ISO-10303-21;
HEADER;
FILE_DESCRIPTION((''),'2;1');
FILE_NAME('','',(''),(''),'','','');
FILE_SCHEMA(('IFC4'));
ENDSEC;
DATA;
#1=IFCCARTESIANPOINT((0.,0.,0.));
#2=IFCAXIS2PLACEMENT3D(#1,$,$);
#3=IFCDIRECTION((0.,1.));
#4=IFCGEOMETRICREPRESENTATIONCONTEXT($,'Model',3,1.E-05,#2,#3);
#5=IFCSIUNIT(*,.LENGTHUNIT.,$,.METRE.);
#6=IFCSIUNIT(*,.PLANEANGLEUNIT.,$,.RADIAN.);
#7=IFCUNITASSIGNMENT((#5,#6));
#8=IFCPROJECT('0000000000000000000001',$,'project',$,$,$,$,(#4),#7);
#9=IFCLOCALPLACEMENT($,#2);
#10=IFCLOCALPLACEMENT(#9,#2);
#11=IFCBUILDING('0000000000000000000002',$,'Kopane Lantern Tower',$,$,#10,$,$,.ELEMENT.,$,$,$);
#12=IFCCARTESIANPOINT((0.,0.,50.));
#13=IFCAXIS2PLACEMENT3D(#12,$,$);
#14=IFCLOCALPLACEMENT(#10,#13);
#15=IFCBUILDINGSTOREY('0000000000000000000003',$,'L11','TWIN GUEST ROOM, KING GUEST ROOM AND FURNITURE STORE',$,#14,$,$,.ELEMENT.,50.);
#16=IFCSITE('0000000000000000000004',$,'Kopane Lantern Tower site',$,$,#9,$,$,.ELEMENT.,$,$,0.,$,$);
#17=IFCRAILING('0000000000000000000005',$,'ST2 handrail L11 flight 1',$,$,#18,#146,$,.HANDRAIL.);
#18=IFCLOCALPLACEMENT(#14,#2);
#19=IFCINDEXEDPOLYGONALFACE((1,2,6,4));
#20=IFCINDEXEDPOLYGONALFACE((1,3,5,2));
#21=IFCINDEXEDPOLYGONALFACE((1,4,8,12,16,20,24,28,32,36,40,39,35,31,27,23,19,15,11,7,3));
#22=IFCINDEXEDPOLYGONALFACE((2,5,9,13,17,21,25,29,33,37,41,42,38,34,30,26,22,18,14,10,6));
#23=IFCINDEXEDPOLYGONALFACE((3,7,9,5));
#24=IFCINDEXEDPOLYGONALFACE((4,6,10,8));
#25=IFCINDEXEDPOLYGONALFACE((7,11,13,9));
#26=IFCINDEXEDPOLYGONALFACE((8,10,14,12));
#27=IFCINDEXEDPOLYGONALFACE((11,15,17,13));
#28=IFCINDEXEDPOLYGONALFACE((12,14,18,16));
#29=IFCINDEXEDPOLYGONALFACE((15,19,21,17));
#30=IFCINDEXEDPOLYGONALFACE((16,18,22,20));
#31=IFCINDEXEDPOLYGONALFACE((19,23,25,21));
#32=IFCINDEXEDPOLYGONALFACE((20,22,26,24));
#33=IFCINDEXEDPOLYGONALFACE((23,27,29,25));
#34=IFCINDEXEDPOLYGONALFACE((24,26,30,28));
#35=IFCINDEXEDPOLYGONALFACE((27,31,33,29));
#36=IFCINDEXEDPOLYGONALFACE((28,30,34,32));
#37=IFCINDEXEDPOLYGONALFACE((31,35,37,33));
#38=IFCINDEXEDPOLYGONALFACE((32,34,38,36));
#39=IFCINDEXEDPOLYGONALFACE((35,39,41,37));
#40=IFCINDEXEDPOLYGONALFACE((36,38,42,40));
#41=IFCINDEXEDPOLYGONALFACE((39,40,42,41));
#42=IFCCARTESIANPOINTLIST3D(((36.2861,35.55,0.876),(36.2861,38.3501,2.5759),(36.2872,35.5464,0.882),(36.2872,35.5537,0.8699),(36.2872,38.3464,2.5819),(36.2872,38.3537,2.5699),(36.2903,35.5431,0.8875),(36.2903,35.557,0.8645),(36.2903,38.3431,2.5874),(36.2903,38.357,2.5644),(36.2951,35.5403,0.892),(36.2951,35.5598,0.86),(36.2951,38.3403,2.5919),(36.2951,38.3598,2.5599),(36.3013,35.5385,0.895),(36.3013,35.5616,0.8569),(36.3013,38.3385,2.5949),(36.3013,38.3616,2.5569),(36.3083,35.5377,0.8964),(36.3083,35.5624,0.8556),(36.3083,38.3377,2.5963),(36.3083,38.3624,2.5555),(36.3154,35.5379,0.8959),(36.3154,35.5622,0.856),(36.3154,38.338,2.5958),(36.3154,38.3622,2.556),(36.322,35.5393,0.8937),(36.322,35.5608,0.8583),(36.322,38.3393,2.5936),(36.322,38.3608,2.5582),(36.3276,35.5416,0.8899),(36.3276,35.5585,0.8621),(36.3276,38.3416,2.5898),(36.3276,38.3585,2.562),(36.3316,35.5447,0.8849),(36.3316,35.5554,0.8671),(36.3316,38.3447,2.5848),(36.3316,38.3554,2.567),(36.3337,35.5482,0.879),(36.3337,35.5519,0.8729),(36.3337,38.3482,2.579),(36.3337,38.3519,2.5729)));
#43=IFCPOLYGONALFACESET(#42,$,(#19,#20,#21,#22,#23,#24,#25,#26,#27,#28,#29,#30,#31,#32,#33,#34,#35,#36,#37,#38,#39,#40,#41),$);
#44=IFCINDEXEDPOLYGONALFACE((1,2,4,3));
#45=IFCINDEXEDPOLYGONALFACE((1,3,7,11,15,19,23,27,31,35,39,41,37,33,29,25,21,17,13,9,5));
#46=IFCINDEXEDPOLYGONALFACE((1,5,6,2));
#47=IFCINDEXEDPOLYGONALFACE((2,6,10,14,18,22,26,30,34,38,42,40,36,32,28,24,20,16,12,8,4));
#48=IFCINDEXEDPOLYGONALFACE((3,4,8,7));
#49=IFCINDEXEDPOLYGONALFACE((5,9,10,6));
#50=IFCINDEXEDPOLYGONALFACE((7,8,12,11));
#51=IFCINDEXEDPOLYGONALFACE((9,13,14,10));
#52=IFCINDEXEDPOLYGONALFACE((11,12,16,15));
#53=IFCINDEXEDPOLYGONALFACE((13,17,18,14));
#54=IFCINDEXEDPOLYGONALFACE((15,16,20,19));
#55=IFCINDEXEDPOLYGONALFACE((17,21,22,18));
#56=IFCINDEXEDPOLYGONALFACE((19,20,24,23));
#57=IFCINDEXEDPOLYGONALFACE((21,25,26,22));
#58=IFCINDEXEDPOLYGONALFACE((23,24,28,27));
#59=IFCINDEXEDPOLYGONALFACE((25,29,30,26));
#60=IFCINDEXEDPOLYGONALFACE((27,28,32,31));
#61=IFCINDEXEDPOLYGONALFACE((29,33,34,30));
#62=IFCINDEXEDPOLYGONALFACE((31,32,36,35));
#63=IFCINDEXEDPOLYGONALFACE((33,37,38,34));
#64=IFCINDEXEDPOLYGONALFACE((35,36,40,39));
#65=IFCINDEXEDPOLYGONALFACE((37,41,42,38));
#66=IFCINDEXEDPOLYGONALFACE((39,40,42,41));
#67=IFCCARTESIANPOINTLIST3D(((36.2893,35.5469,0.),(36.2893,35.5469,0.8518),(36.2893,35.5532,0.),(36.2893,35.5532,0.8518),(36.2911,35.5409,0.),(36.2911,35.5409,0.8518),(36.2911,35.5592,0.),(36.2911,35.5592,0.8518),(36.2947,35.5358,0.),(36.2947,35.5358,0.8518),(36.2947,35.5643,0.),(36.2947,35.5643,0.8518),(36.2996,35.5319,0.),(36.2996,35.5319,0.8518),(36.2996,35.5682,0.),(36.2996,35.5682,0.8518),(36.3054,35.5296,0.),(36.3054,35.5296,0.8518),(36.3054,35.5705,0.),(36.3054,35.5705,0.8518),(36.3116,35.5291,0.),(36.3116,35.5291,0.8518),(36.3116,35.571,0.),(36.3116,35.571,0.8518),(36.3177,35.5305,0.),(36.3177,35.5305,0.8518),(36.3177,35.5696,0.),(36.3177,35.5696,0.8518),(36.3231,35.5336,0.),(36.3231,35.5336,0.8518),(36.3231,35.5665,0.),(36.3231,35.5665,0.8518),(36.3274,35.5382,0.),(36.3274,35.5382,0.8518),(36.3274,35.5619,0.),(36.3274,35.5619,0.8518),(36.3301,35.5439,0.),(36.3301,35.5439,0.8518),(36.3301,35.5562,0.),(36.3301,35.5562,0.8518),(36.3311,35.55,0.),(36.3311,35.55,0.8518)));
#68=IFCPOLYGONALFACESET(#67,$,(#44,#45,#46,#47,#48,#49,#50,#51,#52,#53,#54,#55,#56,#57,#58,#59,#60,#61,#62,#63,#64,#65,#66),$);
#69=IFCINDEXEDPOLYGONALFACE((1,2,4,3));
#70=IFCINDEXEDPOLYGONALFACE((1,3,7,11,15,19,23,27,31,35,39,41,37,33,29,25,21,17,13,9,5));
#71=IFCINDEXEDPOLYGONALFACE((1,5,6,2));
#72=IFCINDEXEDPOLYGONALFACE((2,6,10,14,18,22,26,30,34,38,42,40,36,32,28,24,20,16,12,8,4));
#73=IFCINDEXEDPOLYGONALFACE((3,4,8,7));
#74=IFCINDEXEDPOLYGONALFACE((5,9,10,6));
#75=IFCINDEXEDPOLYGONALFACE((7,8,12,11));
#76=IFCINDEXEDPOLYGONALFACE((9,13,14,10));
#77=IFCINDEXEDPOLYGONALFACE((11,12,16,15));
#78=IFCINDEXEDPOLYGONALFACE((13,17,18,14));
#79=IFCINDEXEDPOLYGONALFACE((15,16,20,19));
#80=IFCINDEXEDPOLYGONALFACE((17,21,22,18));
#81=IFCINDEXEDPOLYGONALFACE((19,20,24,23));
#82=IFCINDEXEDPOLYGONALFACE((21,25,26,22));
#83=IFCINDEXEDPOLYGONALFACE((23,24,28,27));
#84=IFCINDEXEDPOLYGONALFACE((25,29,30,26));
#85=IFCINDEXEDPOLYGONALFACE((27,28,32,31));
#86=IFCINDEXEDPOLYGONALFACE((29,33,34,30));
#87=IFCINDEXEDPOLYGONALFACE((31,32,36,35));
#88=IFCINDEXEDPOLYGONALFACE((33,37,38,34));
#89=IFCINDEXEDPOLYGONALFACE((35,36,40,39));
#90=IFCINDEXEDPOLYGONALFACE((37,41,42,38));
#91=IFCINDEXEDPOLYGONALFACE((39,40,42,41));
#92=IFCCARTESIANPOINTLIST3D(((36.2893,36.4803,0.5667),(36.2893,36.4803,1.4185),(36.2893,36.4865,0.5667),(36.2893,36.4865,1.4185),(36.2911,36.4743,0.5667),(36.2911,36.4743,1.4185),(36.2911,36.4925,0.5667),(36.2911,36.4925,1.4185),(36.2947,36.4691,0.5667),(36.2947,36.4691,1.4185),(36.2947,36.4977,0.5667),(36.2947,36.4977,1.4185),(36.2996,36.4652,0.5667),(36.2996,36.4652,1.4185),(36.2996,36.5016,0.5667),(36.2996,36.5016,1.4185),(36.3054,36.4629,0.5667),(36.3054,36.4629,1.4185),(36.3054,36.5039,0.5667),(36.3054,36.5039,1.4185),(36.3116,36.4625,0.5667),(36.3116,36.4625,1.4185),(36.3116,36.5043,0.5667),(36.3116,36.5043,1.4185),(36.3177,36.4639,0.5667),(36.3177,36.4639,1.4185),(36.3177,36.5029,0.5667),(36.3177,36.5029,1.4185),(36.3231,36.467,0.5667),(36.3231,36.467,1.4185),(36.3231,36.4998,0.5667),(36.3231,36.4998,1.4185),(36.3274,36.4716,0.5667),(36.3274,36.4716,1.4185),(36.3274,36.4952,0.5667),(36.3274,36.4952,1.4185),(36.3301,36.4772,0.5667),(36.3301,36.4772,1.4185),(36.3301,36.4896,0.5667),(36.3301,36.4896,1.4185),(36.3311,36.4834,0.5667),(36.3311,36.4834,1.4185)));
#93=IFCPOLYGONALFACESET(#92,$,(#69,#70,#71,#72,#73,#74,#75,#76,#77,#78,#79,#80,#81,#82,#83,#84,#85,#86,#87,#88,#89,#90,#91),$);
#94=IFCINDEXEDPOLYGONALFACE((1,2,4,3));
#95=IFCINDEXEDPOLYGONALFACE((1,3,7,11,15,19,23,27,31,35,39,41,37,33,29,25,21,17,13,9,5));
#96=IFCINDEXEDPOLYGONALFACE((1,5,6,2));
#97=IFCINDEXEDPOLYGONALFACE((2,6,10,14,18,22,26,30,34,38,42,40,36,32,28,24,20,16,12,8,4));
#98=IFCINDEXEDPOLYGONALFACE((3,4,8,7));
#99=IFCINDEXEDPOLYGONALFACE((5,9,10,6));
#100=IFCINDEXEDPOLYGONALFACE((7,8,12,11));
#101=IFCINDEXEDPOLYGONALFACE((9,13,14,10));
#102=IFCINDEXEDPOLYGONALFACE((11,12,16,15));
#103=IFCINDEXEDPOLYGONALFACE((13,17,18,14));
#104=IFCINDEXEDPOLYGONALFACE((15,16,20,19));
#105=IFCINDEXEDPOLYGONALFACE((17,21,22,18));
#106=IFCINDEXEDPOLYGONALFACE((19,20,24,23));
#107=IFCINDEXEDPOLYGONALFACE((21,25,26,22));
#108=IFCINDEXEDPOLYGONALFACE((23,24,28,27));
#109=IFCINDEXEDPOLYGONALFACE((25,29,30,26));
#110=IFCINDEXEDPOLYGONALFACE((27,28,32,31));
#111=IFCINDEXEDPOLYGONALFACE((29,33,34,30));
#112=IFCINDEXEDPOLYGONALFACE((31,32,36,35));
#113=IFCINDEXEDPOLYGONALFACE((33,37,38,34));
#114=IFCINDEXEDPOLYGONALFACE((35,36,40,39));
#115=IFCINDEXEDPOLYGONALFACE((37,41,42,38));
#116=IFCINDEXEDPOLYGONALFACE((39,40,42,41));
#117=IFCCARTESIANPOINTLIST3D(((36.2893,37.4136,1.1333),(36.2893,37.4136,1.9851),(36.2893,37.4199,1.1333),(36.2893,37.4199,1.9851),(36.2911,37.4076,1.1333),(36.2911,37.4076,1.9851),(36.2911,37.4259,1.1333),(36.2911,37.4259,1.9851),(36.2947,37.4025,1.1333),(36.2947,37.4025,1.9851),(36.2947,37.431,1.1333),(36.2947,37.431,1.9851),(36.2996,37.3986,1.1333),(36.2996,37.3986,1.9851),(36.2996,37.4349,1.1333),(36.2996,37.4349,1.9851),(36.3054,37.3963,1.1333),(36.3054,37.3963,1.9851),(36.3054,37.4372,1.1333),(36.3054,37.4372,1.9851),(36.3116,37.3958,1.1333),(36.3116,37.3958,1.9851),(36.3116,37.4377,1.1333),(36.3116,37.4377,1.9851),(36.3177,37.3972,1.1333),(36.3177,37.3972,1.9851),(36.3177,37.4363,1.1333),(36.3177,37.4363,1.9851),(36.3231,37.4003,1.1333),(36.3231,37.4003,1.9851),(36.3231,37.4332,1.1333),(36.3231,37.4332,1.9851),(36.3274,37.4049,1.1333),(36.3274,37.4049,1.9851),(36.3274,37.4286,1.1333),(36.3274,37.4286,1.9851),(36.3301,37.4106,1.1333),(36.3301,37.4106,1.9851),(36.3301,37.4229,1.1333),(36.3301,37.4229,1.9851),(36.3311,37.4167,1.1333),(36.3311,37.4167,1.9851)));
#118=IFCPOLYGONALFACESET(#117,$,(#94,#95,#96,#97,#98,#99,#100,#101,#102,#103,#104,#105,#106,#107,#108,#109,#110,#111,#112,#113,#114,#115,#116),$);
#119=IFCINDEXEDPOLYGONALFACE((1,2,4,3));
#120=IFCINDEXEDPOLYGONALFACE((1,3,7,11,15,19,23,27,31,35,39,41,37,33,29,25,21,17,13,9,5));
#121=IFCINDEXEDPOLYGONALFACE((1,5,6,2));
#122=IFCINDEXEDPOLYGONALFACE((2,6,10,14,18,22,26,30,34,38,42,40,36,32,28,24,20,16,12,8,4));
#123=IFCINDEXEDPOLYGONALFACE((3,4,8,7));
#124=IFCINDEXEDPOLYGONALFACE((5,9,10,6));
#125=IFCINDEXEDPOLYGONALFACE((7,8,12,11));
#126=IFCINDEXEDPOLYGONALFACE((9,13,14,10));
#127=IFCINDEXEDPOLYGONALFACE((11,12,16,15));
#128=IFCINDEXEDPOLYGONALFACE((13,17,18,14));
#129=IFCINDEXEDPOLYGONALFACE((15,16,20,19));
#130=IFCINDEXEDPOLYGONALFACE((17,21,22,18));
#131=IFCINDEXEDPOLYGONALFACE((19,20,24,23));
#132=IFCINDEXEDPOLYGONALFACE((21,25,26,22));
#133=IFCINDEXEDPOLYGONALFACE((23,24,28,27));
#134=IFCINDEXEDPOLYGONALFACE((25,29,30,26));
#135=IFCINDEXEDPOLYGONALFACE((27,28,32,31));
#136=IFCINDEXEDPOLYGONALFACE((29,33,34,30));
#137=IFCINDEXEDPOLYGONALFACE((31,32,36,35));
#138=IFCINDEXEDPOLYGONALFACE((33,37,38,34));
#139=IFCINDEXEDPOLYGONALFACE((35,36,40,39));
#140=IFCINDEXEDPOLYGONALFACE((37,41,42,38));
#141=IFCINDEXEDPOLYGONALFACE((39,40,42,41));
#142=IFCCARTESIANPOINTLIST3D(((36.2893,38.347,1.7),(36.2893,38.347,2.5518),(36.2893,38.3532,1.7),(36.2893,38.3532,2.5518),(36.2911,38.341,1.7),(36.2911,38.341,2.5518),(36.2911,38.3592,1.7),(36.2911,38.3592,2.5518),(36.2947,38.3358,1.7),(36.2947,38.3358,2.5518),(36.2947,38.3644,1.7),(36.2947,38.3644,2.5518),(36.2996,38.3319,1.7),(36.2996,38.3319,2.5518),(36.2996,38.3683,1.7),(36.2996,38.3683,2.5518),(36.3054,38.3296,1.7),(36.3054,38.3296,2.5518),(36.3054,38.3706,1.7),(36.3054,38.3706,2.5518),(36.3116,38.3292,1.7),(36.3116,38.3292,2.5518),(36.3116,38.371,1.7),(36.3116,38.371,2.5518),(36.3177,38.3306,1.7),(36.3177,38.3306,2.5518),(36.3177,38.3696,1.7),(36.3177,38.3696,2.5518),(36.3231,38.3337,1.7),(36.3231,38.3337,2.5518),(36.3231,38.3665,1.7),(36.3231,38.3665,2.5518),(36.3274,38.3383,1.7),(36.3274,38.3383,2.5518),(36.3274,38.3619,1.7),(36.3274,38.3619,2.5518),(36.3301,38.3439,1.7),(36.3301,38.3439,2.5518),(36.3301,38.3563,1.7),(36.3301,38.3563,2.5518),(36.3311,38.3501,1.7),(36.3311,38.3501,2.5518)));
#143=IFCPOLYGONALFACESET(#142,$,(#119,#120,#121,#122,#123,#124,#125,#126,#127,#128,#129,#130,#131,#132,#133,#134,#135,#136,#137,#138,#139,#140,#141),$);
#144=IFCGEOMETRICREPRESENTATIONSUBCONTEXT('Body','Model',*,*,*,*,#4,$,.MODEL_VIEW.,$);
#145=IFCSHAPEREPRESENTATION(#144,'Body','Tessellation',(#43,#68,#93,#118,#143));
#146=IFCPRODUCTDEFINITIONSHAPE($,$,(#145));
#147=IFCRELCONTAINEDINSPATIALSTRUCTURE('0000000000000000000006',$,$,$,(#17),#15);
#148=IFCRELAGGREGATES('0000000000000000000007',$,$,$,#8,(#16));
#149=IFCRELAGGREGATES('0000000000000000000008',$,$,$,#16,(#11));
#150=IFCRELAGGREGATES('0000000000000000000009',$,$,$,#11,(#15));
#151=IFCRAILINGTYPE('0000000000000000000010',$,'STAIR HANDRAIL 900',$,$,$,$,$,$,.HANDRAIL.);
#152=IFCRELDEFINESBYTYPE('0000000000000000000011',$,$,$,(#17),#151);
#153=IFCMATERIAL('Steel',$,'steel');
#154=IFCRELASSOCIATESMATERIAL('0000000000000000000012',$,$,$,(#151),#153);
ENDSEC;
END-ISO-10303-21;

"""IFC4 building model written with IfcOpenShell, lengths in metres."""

from ifc_helpers import new_model, si_unit, direction, frame, origin, origin_2d, place, context, subcontext, project, spatial, circle, extrude, material, type_object, element, save


model = new_model("IFC4")

# Units and contexts
model_context = context("Model", 3, precision=1e-05, world=origin(), true_north=direction((0.0, 1.0)))
body_context = subcontext(model_context, "Body", "Model", "MODEL_VIEW")
ifc_project = project(units=[si_unit("LENGTHUNIT", "METRE"), si_unit("PLANEANGLEUNIT", "RADIAN")], contexts=[model_context])

# Site, building, storey
site_placement = place(None, origin())
site = spatial("IfcSite", under=ifc_project, at=site_placement, Name="Kopane Lantern Tower site", CompositionType="ELEMENT", RefElevation=0.0)
building_placement = place(site_placement, origin())
building = spatial("IfcBuilding", under=site, at=building_placement, Name="Kopane Lantern Tower", CompositionType="ELEMENT")
storey_placement = place(building_placement, frame((0.0, 0.0, 50.0)))
storey = spatial("IfcBuildingStorey", under=building, at=storey_placement, Name="L11", Description="TWIN GUEST ROOM, KING GUEST ROOM AND FURNITURE STORE", CompositionType="ELEMENT", Elevation=50.0)

# Railing
ifc_material_1 = material(Name="Steel", Category="steel")
railing_type_1 = type_object("IfcRailingType", Name="STAIR HANDRAIL 900", PredefinedType="HANDRAIL", material=ifc_material_1)
for number, where, name in (
    (1, (36.3101, 35.55, 0.0), "ST2 handrail L11 flight 1"),
):
    element("IfcRailing", number, at=place(storey_placement, frame(where)), inside=storey, type_object=railing_type_1, Name=name, PredefinedType="HANDRAIL", context=body_context, shape_type="SweptSolid", body=[
        extrude(circle(Radius=0.0239, at=origin_2d()), frame((0.0, 0.0, 0.876), z_axis=(0.0, 0.854798, 0.518961), x_axis=(-1.0, 0.0, 0.0)), (0.0, 0.0, 1.0), 3.2756),
        extrude(circle(Radius=0.021, at=origin_2d()), origin(), (0.0, 0.0, 1.0), 0.8518),
        extrude(circle(Radius=0.021, at=origin_2d()), frame((0.0, 0.9333, 0.5667)), (0.0, 0.0, 1.0), 0.8518),
        extrude(circle(Radius=0.021, at=origin_2d()), frame((0.0, 1.8667, 1.1333)), (0.0, 0.0, 1.0), 0.8518),
        extrude(circle(Radius=0.021, at=origin_2d()), frame((0.0, 2.8, 1.7)), (0.0, 0.0, 1.0), 0.8518),
    ])

save(model, "model.ifc")
